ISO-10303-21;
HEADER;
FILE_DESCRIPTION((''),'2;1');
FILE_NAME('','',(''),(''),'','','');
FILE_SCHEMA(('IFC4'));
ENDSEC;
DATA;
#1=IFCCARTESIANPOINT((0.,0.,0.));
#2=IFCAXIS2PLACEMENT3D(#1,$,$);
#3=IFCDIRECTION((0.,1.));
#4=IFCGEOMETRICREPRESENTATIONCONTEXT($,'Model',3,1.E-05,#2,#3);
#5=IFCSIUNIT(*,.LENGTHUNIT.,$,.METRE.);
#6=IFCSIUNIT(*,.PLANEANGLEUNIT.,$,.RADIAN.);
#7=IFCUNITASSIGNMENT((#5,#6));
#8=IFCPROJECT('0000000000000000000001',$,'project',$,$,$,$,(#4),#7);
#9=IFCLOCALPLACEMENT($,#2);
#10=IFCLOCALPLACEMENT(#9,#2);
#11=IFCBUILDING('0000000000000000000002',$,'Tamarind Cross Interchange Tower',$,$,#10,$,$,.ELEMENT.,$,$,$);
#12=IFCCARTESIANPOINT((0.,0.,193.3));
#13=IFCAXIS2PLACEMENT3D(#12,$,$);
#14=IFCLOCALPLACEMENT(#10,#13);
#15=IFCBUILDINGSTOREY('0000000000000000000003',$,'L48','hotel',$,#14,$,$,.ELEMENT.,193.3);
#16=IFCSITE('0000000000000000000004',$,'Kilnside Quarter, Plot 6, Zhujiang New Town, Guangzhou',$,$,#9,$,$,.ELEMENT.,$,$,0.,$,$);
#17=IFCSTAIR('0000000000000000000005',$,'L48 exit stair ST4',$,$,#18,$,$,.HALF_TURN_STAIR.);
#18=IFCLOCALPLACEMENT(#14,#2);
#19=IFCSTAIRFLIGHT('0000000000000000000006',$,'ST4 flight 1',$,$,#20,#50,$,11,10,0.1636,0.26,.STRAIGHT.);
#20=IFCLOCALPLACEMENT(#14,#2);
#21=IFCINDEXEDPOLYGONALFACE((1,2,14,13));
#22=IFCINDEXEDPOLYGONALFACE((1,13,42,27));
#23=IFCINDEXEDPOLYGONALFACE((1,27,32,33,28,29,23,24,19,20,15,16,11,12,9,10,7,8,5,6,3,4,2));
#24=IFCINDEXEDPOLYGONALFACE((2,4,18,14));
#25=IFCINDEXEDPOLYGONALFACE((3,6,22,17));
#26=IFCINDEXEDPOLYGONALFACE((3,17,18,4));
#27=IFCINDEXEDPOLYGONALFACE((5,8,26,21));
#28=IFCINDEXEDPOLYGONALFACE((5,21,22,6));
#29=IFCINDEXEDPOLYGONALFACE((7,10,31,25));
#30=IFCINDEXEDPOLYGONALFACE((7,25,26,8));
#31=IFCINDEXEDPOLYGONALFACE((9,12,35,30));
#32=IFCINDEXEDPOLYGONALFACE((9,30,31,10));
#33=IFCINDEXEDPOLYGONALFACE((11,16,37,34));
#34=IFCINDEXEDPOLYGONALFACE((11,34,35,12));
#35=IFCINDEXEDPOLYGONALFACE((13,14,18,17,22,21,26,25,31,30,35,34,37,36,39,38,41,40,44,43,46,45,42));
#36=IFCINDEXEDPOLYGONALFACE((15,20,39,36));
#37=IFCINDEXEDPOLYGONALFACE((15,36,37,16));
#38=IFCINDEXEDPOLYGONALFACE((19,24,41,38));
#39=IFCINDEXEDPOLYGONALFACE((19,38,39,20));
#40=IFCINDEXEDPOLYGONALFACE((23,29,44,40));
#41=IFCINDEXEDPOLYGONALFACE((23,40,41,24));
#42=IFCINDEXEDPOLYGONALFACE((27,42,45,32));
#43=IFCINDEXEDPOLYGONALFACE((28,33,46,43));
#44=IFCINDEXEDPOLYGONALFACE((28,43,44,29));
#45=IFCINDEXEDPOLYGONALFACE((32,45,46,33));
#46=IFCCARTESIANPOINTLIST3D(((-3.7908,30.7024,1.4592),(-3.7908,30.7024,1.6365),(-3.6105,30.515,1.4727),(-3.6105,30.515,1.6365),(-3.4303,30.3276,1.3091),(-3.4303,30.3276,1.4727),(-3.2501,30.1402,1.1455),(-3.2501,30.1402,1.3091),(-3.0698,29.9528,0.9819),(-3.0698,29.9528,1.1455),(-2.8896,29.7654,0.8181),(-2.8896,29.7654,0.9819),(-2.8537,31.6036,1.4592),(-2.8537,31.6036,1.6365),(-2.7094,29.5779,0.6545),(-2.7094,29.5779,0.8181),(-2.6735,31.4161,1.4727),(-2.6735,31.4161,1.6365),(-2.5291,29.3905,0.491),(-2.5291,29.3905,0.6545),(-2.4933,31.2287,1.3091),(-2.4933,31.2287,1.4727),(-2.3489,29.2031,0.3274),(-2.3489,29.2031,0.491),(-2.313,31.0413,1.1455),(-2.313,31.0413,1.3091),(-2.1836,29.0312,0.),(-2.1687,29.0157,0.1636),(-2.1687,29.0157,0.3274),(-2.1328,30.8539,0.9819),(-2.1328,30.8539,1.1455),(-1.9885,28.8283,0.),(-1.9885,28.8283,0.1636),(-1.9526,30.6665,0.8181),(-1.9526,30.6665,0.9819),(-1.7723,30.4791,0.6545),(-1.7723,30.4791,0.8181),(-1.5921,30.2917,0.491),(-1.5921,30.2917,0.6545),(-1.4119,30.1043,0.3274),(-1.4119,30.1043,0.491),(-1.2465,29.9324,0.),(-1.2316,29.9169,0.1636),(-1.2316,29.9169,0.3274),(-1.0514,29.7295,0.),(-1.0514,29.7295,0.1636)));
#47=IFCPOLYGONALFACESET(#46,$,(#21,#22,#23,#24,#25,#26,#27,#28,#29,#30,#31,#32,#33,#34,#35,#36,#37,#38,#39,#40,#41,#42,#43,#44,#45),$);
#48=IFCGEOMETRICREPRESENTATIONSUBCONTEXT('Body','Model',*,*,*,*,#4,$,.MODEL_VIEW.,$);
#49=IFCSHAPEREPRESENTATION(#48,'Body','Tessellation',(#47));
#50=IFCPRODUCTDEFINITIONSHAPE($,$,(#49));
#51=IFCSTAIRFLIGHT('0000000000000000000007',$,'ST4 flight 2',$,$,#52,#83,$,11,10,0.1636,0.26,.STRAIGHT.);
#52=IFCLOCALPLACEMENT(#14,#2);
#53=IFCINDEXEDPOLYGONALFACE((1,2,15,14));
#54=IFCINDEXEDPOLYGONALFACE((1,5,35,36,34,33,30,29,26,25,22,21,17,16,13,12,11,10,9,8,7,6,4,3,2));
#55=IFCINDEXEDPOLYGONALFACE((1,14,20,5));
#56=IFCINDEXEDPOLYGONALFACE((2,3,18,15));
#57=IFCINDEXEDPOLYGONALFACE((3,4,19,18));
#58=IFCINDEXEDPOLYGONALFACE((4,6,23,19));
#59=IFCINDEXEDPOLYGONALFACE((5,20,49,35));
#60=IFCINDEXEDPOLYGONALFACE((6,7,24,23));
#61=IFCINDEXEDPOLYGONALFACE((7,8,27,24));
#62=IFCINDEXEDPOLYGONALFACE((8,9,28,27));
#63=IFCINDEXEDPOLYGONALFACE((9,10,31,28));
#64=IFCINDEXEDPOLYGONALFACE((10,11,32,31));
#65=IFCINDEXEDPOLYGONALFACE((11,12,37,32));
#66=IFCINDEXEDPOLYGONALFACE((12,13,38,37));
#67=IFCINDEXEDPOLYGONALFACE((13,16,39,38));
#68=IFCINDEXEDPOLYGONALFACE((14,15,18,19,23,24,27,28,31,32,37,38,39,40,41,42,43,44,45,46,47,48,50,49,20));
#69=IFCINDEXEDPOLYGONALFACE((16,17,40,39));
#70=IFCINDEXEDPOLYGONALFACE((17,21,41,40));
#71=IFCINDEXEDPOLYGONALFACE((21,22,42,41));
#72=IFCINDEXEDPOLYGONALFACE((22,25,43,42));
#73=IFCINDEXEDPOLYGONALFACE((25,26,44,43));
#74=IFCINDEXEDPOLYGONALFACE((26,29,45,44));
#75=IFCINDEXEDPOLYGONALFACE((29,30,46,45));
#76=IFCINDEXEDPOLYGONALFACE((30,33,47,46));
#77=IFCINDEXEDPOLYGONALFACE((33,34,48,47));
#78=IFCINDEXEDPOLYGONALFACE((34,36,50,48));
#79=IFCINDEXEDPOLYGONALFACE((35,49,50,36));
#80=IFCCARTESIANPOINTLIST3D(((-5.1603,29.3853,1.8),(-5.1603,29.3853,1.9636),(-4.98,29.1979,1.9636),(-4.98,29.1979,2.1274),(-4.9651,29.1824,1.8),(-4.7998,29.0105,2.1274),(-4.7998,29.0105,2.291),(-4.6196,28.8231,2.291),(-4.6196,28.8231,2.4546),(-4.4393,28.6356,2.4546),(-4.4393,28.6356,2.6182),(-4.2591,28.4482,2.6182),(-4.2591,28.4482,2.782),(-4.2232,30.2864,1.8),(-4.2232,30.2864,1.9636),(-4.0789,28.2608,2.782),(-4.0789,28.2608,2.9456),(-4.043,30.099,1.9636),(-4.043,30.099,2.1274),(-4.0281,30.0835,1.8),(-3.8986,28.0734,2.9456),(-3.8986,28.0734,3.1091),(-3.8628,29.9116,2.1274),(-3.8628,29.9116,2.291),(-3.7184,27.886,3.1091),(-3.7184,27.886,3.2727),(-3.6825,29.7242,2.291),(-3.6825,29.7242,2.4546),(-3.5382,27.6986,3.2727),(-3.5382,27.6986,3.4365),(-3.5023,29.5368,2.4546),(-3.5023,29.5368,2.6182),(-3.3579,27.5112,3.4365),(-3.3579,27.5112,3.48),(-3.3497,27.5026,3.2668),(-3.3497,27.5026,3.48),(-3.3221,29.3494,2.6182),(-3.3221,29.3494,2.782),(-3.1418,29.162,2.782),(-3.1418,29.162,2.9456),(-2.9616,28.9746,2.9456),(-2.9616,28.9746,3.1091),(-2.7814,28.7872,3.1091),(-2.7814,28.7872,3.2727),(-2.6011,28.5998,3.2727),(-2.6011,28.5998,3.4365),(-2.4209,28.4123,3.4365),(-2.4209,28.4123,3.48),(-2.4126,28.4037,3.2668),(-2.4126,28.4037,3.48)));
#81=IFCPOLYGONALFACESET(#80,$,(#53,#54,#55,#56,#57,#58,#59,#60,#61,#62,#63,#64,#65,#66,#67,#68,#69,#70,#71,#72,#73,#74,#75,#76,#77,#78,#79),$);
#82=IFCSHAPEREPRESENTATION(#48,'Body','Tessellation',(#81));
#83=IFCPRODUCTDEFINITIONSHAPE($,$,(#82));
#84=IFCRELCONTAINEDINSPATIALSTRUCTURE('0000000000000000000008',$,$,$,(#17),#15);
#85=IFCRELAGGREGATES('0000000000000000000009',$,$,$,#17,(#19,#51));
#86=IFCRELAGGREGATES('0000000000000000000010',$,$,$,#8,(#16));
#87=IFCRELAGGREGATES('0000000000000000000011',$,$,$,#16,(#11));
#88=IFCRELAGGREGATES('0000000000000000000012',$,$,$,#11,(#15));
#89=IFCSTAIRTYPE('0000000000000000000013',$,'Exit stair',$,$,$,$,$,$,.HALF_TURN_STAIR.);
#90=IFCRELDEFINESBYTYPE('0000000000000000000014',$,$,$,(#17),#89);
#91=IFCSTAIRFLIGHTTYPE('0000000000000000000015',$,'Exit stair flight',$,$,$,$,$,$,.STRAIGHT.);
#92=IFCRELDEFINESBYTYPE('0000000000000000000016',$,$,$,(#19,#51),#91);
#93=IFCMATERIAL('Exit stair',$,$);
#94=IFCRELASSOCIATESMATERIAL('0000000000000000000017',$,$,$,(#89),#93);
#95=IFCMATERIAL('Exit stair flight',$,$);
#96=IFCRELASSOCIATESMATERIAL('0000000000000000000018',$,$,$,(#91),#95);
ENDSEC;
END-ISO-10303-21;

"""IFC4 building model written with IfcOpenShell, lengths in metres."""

from ifc_helpers import new_model, si_unit, direction, frame, origin, place, context, subcontext, project, spatial, polyline, outline, extrude, material, type_object, element, aggregate, save


model = new_model("IFC4")

# Units and contexts
model_context = context("Model", 3, precision=1e-05, world=origin(), true_north=direction((0.0, 1.0)))
body_context = subcontext(model_context, "Body", "Model", "MODEL_VIEW")
ifc_project = project(units=[si_unit("LENGTHUNIT", "METRE"), si_unit("PLANEANGLEUNIT", "RADIAN")], contexts=[model_context])

# Site, building, storey
site_placement = place(None, origin())
site = spatial("IfcSite", under=ifc_project, at=site_placement, Name="Kilnside Quarter, Plot 6, Zhujiang New Town, Guangzhou", CompositionType="ELEMENT", RefElevation=0.0)
building_placement = place(site_placement, origin())
building = spatial("IfcBuilding", under=site, at=building_placement, Name="Tamarind Cross Interchange Tower", CompositionType="ELEMENT")
storey_placement = place(building_placement, frame((0.0, 0.0, 193.3)))
storey = spatial("IfcBuildingStorey", under=building, at=storey_placement, Name="L48", Description="hotel", CompositionType="ELEMENT", Elevation=193.3)

# Stair, stair flights
ifc_material_1 = material(Name="Exit stair")
stair_type = type_object("IfcStairType", Name="Exit stair", PredefinedType="HALF_TURN_STAIR", material=ifc_material_1)
stair_placement = place(storey_placement, origin())
stair = element("IfcStair", 1, at=stair_placement, inside=storey, type_object=stair_type, Name="L48 exit stair ST4", PredefinedType="HALF_TURN_STAIR")
ifc_material_2 = material(Name="Exit stair flight")
stair_flight_type = type_object("IfcStairFlightType", Name="Exit stair flight", PredefinedType="STRAIGHT", material=ifc_material_2)
stair_flight_1_placement = place(storey_placement, frame((-1.52, 29.2788, 0.0), z_axis=(0.0, 0.0, 1.0), x_axis=(-0.69317, 0.720774, 0.0)))
stair_flight_1 = element("IfcStairFlight", 2, at=stair_flight_1_placement, type_object=stair_flight_type, Name="ST4 flight 1", NumberOfRisers=11, NumberOfTreads=10, PredefinedType="STRAIGHT", RiserHeight=0.1636, TreadLength=0.26, context=body_context, shape_type="SweptSolid", body=[
    extrude(outline(polyline([(0.0, 0.0), (0.0, 0.1636), (0.26, 0.1636), (0.26, 0.3274), (0.52, 0.3274), (0.52, 0.491), (0.78, 0.491), (0.78, 0.6545), (1.04, 0.6545), (1.04, 0.8181), (1.3, 0.8181), (1.3, 0.9819), (1.5601, 0.9819), (1.5601, 1.1455), (1.8201, 1.1455), (1.8201, 1.3091), (2.0801, 1.3091), (2.0801, 1.4727), (2.3401, 1.4727), (2.3401, 1.6365), (2.6001, 1.6365), (2.6001, 1.8), (2.6001, 1.4592), (0.2815, 0.0), (0.0, 0.0)])), frame((0.0, 0.6499, 0.0), z_axis=(0.0, -1.0, 0.0), x_axis=(1.0, 0.0, 0.0)), (0.0, 0.0, 1.0), 1.3),
])
stair_flight_2_placement = place(storey_placement, frame((-4.6917, 29.8359, 1.8), z_axis=(0.0, 0.0, 1.0), x_axis=(0.69317, -0.720774, 0.0)))
stair_flight_2 = element("IfcStairFlight", 3, at=stair_flight_2_placement, type_object=stair_flight_type, Name="ST4 flight 2", NumberOfRisers=11, NumberOfTreads=10, PredefinedType="STRAIGHT", RiserHeight=0.1636, TreadLength=0.26, context=body_context, shape_type="SweptSolid", body=[
    extrude(outline(polyline([(0.0, 0.0), (0.0, 0.1636), (0.26, 0.1636), (0.26, 0.3274), (0.52, 0.3274), (0.52, 0.491), (0.78, 0.491), (0.78, 0.6545), (1.04, 0.6545), (1.04, 0.8181), (1.3, 0.8181), (1.3, 0.9819), (1.5601, 0.9819), (1.5601, 1.1455), (1.8201, 1.1455), (1.8201, 1.3091), (2.0801, 1.3091), (2.0801, 1.4727), (2.3401, 1.4727), (2.3401, 1.6365), (2.6001, 1.6365), (2.6001, 1.6799), (2.6121, 1.6799), (2.6121, 1.4668), (0.2815, 0.0), (0.0, 0.0)])), frame((0.0, 0.6499, 0.0), z_axis=(0.0, -1.0, 0.0), x_axis=(1.0, 0.0, 0.0)), (0.0, 0.0, 1.0), 1.3),
])
aggregate(stair, [stair_flight_1, stair_flight_2])

save(model, "model.ifc")
